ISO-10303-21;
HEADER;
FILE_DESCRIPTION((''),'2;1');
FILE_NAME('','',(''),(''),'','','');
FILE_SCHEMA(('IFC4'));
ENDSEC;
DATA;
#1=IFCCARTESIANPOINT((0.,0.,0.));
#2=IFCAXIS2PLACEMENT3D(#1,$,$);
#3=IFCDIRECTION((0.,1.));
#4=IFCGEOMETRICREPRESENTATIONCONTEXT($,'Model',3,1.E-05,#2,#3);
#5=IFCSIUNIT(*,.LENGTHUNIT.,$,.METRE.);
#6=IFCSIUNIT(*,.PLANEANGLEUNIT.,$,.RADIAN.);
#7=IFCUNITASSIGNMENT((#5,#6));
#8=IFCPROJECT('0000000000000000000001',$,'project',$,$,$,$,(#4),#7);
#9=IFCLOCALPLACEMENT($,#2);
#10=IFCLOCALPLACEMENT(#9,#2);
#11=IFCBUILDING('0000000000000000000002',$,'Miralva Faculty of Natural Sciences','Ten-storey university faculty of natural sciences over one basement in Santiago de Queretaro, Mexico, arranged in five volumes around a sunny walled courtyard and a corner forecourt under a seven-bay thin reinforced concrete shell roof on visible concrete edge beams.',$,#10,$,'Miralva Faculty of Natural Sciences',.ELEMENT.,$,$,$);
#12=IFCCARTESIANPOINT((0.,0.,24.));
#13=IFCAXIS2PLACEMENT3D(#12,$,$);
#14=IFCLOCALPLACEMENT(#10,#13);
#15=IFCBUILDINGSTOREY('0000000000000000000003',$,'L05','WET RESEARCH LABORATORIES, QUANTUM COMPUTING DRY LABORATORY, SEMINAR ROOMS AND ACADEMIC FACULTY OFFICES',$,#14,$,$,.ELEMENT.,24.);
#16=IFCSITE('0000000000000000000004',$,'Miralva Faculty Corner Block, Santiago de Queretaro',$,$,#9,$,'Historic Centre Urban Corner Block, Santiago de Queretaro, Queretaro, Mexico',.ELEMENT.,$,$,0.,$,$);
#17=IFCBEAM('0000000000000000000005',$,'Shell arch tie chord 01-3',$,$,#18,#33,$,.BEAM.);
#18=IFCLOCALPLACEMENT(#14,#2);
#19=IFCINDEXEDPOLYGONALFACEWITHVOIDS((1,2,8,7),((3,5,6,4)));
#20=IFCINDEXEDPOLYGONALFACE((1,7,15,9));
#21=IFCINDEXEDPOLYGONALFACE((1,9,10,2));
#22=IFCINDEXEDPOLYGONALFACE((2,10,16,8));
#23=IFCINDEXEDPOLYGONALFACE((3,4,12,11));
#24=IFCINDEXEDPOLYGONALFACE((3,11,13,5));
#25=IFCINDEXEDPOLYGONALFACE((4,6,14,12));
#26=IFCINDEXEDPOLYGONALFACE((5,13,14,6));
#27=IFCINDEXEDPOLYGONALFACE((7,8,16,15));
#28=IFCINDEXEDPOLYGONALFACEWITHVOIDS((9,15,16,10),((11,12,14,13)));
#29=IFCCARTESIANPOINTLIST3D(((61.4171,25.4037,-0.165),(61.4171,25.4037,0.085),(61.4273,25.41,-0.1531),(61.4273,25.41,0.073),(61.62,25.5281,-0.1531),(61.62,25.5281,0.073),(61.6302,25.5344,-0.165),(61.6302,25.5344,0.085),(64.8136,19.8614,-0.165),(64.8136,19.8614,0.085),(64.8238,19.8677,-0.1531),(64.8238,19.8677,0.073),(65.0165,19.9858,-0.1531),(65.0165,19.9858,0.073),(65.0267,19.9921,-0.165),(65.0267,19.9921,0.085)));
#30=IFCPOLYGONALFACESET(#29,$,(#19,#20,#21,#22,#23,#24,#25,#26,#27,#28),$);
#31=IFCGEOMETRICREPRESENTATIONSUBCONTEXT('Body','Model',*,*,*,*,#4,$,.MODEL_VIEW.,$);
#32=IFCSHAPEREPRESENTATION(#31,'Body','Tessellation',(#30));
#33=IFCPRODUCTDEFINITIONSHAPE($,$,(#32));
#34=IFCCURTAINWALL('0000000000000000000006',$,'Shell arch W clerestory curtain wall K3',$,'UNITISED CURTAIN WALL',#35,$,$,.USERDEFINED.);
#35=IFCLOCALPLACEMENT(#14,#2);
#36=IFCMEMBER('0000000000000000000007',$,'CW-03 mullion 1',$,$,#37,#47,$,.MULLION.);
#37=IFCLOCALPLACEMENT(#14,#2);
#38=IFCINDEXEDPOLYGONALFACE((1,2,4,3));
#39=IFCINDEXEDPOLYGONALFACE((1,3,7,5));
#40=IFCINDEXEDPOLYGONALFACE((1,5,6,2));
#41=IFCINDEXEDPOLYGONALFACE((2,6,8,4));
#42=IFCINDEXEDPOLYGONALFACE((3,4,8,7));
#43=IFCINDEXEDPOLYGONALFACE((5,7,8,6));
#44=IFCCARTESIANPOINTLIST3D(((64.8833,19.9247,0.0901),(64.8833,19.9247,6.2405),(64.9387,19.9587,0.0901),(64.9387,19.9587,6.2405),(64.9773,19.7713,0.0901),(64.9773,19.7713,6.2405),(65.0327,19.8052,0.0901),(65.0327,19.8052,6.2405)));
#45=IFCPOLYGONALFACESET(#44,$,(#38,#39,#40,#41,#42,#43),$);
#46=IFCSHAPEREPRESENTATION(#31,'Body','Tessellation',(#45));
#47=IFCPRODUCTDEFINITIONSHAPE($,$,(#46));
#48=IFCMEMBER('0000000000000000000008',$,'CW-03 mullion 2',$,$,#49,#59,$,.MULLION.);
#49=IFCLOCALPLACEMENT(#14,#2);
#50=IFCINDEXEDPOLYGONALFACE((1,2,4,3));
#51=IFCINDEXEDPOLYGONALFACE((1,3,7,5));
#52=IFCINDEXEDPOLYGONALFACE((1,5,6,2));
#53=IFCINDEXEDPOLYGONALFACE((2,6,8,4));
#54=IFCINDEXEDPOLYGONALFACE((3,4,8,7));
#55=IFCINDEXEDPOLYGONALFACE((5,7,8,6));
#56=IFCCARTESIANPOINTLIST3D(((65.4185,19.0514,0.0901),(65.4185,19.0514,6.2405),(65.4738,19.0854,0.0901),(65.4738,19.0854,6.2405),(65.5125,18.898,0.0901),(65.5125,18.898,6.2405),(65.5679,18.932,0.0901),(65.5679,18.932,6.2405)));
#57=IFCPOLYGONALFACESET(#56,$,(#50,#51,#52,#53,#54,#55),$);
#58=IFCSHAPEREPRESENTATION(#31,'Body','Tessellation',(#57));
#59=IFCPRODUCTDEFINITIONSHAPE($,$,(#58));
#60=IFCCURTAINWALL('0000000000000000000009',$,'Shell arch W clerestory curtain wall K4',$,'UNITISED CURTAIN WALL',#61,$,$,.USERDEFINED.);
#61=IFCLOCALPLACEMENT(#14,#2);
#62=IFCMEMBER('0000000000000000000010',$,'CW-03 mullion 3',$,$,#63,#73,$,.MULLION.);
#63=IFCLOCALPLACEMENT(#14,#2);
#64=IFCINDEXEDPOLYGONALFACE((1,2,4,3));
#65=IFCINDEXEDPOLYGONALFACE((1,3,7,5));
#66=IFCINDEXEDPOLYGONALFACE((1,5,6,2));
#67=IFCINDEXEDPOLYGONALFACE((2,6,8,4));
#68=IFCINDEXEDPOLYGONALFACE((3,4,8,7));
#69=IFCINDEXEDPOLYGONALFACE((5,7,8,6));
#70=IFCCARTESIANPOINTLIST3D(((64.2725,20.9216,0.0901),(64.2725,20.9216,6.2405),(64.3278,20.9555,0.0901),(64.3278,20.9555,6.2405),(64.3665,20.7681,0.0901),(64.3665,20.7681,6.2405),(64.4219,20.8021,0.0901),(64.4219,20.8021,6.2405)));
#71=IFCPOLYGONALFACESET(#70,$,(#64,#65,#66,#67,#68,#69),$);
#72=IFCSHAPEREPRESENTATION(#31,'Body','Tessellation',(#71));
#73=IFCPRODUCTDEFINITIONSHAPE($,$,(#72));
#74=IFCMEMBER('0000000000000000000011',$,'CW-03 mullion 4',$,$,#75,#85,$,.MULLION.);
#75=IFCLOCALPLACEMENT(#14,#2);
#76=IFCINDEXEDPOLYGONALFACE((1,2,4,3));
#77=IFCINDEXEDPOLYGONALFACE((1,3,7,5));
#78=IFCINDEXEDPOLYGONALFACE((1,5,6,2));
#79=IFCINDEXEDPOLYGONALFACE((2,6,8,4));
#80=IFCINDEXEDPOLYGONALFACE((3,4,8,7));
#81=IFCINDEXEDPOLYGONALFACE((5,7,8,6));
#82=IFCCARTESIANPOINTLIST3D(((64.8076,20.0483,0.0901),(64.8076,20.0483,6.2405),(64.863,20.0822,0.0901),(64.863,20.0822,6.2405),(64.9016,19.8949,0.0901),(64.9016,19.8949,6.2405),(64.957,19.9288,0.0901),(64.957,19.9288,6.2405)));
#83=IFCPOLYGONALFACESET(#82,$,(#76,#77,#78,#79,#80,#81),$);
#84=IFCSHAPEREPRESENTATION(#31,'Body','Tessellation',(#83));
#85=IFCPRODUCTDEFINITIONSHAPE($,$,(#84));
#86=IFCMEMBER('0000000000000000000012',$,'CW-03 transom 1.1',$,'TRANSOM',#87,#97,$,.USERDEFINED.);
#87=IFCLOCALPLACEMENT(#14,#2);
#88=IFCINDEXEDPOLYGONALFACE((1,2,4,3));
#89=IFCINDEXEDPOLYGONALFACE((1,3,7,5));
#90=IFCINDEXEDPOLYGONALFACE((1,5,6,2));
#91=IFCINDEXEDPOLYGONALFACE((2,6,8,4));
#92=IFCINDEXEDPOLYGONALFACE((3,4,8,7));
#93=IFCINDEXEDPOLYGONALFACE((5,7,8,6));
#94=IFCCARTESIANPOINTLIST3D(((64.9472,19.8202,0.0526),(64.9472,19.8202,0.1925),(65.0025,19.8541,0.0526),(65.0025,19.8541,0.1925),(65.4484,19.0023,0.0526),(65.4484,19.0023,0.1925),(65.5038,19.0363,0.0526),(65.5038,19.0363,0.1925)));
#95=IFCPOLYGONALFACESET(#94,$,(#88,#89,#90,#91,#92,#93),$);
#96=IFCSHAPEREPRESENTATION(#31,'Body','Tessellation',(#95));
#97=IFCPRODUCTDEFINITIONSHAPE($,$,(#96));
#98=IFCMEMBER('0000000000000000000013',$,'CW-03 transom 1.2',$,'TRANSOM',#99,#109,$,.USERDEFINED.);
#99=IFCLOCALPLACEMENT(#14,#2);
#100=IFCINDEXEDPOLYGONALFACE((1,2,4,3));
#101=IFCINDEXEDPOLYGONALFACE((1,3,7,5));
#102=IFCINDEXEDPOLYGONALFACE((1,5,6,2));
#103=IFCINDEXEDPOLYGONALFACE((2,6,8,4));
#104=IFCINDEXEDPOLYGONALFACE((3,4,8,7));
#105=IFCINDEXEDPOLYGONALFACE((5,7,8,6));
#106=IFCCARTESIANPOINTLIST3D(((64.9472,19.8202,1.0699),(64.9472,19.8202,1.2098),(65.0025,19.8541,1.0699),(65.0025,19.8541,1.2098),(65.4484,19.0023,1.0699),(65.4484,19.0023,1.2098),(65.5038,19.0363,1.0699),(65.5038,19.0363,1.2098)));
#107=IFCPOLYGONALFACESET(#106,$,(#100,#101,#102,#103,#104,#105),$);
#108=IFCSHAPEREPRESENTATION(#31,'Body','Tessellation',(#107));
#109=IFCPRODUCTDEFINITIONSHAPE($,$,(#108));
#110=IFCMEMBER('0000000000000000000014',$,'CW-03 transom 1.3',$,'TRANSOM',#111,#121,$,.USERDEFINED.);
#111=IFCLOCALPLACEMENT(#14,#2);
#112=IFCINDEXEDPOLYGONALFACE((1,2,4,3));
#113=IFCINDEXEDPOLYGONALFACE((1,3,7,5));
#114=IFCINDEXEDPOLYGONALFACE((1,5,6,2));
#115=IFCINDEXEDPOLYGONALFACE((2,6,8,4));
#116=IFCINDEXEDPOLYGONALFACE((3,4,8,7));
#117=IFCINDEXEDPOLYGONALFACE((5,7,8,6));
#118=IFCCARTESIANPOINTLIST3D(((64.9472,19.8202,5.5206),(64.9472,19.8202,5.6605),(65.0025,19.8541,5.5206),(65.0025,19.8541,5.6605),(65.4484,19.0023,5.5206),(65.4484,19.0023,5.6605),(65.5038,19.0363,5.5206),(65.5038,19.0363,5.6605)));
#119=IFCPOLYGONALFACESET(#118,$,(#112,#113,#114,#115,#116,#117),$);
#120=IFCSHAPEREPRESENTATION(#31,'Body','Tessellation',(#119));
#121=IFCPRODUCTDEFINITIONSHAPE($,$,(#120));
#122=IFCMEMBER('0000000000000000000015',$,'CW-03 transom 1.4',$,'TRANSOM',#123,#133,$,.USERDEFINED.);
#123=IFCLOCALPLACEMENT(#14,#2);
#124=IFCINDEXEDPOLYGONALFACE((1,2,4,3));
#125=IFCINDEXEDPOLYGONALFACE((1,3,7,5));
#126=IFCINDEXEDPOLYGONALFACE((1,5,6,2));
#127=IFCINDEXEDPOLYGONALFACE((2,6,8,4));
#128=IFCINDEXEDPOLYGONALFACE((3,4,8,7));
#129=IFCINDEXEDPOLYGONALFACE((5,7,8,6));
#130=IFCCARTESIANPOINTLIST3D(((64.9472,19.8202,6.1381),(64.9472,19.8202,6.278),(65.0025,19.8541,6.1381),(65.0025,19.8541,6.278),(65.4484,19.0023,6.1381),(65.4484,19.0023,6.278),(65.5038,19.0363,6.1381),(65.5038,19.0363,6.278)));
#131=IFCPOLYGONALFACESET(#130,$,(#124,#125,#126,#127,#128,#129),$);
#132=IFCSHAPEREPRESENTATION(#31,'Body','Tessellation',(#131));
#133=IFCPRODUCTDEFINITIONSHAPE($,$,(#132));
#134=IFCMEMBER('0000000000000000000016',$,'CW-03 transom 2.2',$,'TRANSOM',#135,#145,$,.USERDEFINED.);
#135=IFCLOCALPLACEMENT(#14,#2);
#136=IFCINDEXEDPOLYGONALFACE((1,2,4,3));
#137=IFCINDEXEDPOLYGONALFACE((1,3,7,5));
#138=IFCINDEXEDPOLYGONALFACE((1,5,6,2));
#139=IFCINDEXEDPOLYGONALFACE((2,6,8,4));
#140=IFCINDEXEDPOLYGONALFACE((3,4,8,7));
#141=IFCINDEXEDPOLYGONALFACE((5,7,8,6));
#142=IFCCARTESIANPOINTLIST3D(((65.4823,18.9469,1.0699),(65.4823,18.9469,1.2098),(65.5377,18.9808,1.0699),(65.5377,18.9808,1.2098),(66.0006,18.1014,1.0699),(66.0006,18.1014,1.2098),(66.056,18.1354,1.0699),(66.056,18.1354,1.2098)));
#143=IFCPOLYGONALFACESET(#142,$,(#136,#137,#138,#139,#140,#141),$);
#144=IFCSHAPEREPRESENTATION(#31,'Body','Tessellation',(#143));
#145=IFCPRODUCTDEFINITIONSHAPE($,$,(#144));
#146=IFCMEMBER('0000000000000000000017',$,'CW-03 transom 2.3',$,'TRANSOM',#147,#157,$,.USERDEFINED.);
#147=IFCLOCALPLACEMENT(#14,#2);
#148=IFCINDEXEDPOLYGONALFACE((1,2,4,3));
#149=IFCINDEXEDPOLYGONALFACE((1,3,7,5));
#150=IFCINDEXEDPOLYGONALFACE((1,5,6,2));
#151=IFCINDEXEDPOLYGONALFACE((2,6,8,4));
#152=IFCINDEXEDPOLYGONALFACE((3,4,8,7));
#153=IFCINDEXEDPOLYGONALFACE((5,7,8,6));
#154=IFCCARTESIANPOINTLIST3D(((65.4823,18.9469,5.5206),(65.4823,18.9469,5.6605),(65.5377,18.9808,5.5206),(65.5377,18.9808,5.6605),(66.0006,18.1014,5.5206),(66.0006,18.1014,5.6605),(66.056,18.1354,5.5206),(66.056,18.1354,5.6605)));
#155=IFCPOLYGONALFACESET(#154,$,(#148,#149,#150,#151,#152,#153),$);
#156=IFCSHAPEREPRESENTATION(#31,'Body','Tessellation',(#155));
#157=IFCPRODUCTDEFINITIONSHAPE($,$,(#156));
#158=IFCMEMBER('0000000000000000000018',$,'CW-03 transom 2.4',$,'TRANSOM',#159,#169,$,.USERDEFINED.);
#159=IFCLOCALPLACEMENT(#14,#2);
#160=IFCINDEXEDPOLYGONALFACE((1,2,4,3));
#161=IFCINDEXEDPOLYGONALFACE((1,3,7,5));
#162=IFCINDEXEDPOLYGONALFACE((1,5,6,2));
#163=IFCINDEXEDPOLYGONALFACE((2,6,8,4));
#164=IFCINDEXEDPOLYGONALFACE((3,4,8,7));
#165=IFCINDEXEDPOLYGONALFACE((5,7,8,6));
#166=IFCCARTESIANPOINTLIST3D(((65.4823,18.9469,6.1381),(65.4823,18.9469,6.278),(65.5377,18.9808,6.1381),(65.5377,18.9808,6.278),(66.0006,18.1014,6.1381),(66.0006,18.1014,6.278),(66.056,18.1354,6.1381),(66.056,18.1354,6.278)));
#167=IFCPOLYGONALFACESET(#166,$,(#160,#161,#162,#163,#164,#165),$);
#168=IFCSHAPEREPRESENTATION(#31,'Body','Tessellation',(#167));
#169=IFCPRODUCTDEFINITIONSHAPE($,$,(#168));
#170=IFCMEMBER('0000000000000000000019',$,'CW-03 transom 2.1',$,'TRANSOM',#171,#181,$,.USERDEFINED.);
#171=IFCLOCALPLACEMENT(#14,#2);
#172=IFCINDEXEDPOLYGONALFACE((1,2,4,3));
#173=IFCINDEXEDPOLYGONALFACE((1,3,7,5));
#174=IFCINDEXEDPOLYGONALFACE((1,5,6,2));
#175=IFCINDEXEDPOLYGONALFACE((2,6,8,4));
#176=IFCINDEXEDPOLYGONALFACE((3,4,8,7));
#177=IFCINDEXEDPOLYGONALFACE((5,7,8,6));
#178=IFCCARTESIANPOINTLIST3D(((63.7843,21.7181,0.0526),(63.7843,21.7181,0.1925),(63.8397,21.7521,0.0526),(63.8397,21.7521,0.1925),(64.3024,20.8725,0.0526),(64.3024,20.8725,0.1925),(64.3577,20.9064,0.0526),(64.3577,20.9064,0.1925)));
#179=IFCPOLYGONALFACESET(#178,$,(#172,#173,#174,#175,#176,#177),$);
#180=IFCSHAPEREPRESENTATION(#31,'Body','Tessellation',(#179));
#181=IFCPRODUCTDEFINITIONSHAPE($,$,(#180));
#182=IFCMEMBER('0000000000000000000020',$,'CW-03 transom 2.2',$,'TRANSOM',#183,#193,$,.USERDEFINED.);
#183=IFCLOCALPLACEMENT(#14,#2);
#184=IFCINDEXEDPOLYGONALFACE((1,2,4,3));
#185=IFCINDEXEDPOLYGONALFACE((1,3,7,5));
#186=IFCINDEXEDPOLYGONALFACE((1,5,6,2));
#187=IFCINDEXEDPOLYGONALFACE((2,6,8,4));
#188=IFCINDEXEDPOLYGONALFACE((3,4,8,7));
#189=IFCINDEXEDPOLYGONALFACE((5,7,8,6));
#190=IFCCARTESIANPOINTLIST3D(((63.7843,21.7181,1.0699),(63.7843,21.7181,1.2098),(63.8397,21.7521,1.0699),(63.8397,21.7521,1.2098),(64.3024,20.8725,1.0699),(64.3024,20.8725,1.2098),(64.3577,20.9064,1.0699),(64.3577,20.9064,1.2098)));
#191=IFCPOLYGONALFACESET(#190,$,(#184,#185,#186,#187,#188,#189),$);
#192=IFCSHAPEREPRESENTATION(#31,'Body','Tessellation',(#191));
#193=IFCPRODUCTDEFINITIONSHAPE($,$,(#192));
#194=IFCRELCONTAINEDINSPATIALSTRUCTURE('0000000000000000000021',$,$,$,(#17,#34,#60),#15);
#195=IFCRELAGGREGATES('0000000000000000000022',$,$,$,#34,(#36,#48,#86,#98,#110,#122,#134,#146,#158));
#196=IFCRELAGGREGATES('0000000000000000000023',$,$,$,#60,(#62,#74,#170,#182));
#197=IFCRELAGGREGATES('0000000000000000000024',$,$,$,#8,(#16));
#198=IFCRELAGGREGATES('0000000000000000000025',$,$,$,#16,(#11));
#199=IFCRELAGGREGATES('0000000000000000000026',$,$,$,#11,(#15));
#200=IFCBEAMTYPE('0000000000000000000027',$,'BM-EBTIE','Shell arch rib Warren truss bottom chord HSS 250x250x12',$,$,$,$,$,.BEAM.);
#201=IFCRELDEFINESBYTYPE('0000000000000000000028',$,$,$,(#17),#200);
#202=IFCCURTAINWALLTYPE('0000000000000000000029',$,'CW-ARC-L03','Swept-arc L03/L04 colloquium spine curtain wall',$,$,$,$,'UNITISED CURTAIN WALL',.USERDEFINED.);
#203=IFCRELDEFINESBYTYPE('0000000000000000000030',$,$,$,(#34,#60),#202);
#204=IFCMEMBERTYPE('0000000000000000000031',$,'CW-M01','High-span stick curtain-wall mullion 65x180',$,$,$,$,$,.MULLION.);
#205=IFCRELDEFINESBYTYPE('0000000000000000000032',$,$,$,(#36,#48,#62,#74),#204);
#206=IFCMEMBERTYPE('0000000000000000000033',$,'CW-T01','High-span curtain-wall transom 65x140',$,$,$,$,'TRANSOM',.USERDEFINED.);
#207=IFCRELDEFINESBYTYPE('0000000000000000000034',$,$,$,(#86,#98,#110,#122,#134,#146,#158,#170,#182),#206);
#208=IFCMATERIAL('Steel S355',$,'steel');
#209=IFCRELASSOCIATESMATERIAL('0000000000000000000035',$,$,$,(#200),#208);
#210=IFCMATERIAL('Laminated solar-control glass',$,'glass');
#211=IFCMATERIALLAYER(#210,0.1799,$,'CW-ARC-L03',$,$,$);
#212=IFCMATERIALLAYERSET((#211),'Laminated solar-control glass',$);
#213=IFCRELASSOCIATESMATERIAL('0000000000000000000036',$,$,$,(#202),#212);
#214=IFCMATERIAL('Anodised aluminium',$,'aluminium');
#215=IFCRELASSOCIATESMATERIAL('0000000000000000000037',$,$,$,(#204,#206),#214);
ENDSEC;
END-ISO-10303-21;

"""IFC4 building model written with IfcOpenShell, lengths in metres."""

from ifc_helpers import new_model, si_unit, direction, frame, origin, origin_2d, place, context, subcontext, project, spatial, rectangle, hollow_rectangle, extrude, material, layer, layer_set, material_profile, profile_set, type_object, element, aggregate, save


model = new_model("IFC4")

# Units and contexts
model_context = context("Model", 3, precision=1e-05, world=origin(), true_north=direction((0.0, 1.0)))
body_context = subcontext(model_context, "Body", "Model", "MODEL_VIEW")
ifc_project = project(units=[si_unit("LENGTHUNIT", "METRE"), si_unit("PLANEANGLEUNIT", "RADIAN")], contexts=[model_context])

# Site, building, storey
site_placement = place(None, origin())
site = spatial("IfcSite", under=ifc_project, at=site_placement, Name="Miralva Faculty Corner Block, Santiago de Queretaro", LongName="Historic Centre Urban Corner Block, Santiago de Queretaro, Queretaro, Mexico", CompositionType="ELEMENT", RefElevation=0.0)
building_placement = place(site_placement, origin())
building = spatial("IfcBuilding", under=site, at=building_placement, Name="Miralva Faculty of Natural Sciences", Description="Ten-storey university faculty of natural sciences over one basement in Santiago de Queretaro, Mexico, arranged in five volumes around a sunny walled courtyard and a corner forecourt under a seven-bay thin reinforced concrete shell roof on visible concrete edge beams.", LongName="Miralva Faculty of Natural Sciences", CompositionType="ELEMENT")
storey_placement = place(building_placement, frame((0.0, 0.0, 24.0)))
storey = spatial("IfcBuildingStorey", under=building, at=storey_placement, Name="L05", Description="WET RESEARCH LABORATORIES, QUANTUM COMPUTING DRY LABORATORY, SEMINAR ROOMS AND ACADEMIC FACULTY OFFICES", CompositionType="ELEMENT", Elevation=24.0)

# Beam
ifc_material_1 = material(Name="Steel S355", Category="steel")
ifc_material_profile_1 = material_profile(ifc_material_1, hollow_rectangle(XDim=0.25, YDim=0.25, WallThickness=0.012, at=origin_2d()), Name="HSS 250x250x12")
ifc_profile_set_1 = profile_set([ifc_material_profile_1], Name="Steel S355")
beam_type = type_object("IfcBeamType", Name="BM-EBTIE", Description="Shell arch rib Warren truss bottom chord HSS 250x250x12", PredefinedType="BEAM", material=ifc_profile_set_1)
beam_placement = place(storey_placement, frame((64.9202, 19.9268, -0.04), z_axis=(-0.522521, 0.852627, 0.0), x_axis=(-0.852627, -0.522521, 0.0)))
element("IfcBeam", 1, at=beam_placement, inside=storey, type_object=beam_type, Name="Shell arch tie chord 01-3", PredefinedType="BEAM", context=body_context, shape_type="SweptSolid", body=[
    extrude(hollow_rectangle(XDim=0.25, YDim=0.25, WallThickness=0.012, at=origin_2d()), origin(), (0.0, 0.0, 1.0), 6.5002),
])

# Curtain walls, members
ifc_material_2 = material(Name="Laminated solar-control glass", Category="glass")
ifc_layer_1 = layer(ifc_material_2, 0.1799, Name="CW-ARC-L03")
ifc_layer_set_1 = layer_set([ifc_layer_1], Name="Laminated solar-control glass")
curtain_wall_type = type_object("IfcCurtainWallType", Name="CW-ARC-L03", Description="Swept-arc L03/L04 colloquium spine curtain wall", ElementType="UNITISED CURTAIN WALL", PredefinedType="USERDEFINED", material=ifc_layer_set_1)
curtain_wall_1_placement = place(storey_placement, origin())
curtain_wall_1 = element("IfcCurtainWall", 2, at=curtain_wall_1_placement, inside=storey, type_object=curtain_wall_type, Name="Shell arch W clerestory curtain wall K3", ObjectType="UNITISED CURTAIN WALL", PredefinedType="USERDEFINED")
ifc_material_3 = material(Name="Anodised aluminium", Category="aluminium")
ifc_material_profile_2 = material_profile(ifc_material_3, rectangle(XDim=0.0649, YDim=0.1799, at=origin_2d()), Name="MULLION 65x180")
ifc_profile_set_2 = profile_set([ifc_material_profile_2], Name="Anodised aluminium")
member_type_1 = type_object("IfcMemberType", Name="CW-M01", Description="High-span stick curtain-wall mullion 65x180", PredefinedType="MULLION", material=ifc_profile_set_2)
member_1_placement = place(storey_placement, frame((64.958, 19.865, 0.0901), z_axis=(0.0, 0.0, 1.0), x_axis=(0.852637, 0.522504, 0.0)))
member_1 = element("IfcMember", 3, at=member_1_placement, type_object=member_type_1, Name="CW-03 mullion 1", PredefinedType="MULLION", context=body_context, shape_type="SweptSolid", body=[
    extrude(rectangle(XDim=0.0649, YDim=0.1799, at=origin_2d()), origin(), (0.0, 0.0, 1.0), 6.1504),
])
member_2_placement = place(storey_placement, frame((65.4932, 18.9917, 0.0901), z_axis=(0.0, 0.0, 1.0), x_axis=(0.852637, 0.522504, 0.0)))
member_2 = element("IfcMember", 4, at=member_2_placement, type_object=member_type_1, Name="CW-03 mullion 2", PredefinedType="MULLION", context=body_context, shape_type="SweptSolid", body=[
    extrude(rectangle(XDim=0.0649, YDim=0.1799, at=origin_2d()), origin(), (0.0, 0.0, 1.0), 6.1504),
])
curtain_wall_2_placement = place(storey_placement, origin())
curtain_wall_2 = element("IfcCurtainWall", 5, at=curtain_wall_2_placement, inside=storey, type_object=curtain_wall_type, Name="Shell arch W clerestory curtain wall K4", ObjectType="UNITISED CURTAIN WALL", PredefinedType="USERDEFINED")
member_3_placement = place(storey_placement, frame((64.3472, 20.8618, 0.0901), z_axis=(0.0, 0.0, 1.0), x_axis=(0.852632, 0.522512, 0.0)))
member_3 = element("IfcMember", 6, at=member_3_placement, type_object=member_type_1, Name="CW-03 mullion 3", PredefinedType="MULLION", context=body_context, shape_type="SweptSolid", body=[
    extrude(rectangle(XDim=0.0649, YDim=0.1799, at=origin_2d()), origin(), (0.0, 0.0, 1.0), 6.1504),
])
member_4_placement = place(storey_placement, frame((64.8823, 19.9885, 0.0901), z_axis=(0.0, 0.0, 1.0), x_axis=(0.852632, 0.522512, 0.0)))
member_4 = element("IfcMember", 7, at=member_4_placement, type_object=member_type_1, Name="CW-03 mullion 4", PredefinedType="MULLION", context=body_context, shape_type="SweptSolid", body=[
    extrude(rectangle(XDim=0.0649, YDim=0.1799, at=origin_2d()), origin(), (0.0, 0.0, 1.0), 6.1504),
])

# Members
ifc_material_profile_3 = material_profile(ifc_material_3, rectangle(XDim=0.0649, YDim=0.1399, at=origin_2d()), Name="TRANSOM 65x140")
ifc_profile_set_3 = profile_set([ifc_material_profile_3], Name="Anodised aluminium")
member_type_2 = type_object("IfcMemberType", Name="CW-T01", Description="High-span curtain-wall transom 65x140", ElementType="TRANSOM", PredefinedType="USERDEFINED", material=ifc_profile_set_3)
member_5_placement = place(storey_placement, frame((64.9749, 19.8372, 0.1226), z_axis=(0.52252, -0.852627, 0.0), x_axis=(0.852627, 0.52252, 0.0)))
member_5 = element("IfcMember", 8, at=member_5_placement, type_object=member_type_2, Name="CW-03 transom 1.1", ObjectType="TRANSOM", PredefinedType="USERDEFINED", context=body_context, shape_type="SweptSolid", body=[
    extrude(rectangle(XDim=0.0649, YDim=0.1399, at=origin_2d()), origin(), (0.0, 0.0, 1.0), 0.9592),
])
member_6_placement = place(storey_placement, frame((64.9749, 19.8372, 1.1399), z_axis=(0.52252, -0.852627, 0.0), x_axis=(0.852627, 0.52252, 0.0)))
member_6 = element("IfcMember", 9, at=member_6_placement, type_object=member_type_2, Name="CW-03 transom 1.2", ObjectType="TRANSOM", PredefinedType="USERDEFINED", context=body_context, shape_type="SweptSolid", body=[
    extrude(rectangle(XDim=0.0649, YDim=0.1399, at=origin_2d()), origin(), (0.0, 0.0, 1.0), 0.9592),
])
member_7_placement = place(storey_placement, frame((64.9749, 19.8372, 5.5906), z_axis=(0.52252, -0.852627, 0.0), x_axis=(0.852627, 0.52252, 0.0)))
member_7 = element("IfcMember", 10, at=member_7_placement, type_object=member_type_2, Name="CW-03 transom 1.3", ObjectType="TRANSOM", PredefinedType="USERDEFINED", context=body_context, shape_type="SweptSolid", body=[
    extrude(rectangle(XDim=0.0649, YDim=0.1399, at=origin_2d()), origin(), (0.0, 0.0, 1.0), 0.9592),
])
member_8_placement = place(storey_placement, frame((64.9749, 19.8372, 6.208), z_axis=(0.52252, -0.852627, 0.0), x_axis=(0.852627, 0.52252, 0.0)))
member_8 = element("IfcMember", 11, at=member_8_placement, type_object=member_type_2, Name="CW-03 transom 1.4", ObjectType="TRANSOM", PredefinedType="USERDEFINED", context=body_context, shape_type="SweptSolid", body=[
    extrude(rectangle(XDim=0.0649, YDim=0.1399, at=origin_2d()), origin(), (0.0, 0.0, 1.0), 0.9592),
])
member_9_placement = place(storey_placement, frame((65.51, 18.9639, 1.1399), z_axis=(0.522654, -0.852545, 0.0), x_axis=(0.852545, 0.522654, 0.0)))
member_9 = element("IfcMember", 12, at=member_9_placement, type_object=member_type_2, Name="CW-03 transom 2.2", ObjectType="TRANSOM", PredefinedType="USERDEFINED", context=body_context, shape_type="SweptSolid", body=[
    extrude(rectangle(XDim=0.0649, YDim=0.1399, at=origin_2d()), origin(), (0.0, 0.0, 1.0), 0.9917),
])
member_10_placement = place(storey_placement, frame((65.51, 18.9639, 5.5906), z_axis=(0.522654, -0.852545, 0.0), x_axis=(0.852545, 0.522654, 0.0)))
member_10 = element("IfcMember", 13, at=member_10_placement, type_object=member_type_2, Name="CW-03 transom 2.3", ObjectType="TRANSOM", PredefinedType="USERDEFINED", context=body_context, shape_type="SweptSolid", body=[
    extrude(rectangle(XDim=0.0649, YDim=0.1399, at=origin_2d()), origin(), (0.0, 0.0, 1.0), 0.9917),
])
member_11_placement = place(storey_placement, frame((65.51, 18.9639, 6.208), z_axis=(0.522654, -0.852545, 0.0), x_axis=(0.852545, 0.522654, 0.0)))
member_11 = element("IfcMember", 14, at=member_11_placement, type_object=member_type_2, Name="CW-03 transom 2.4", ObjectType="TRANSOM", PredefinedType="USERDEFINED", context=body_context, shape_type="SweptSolid", body=[
    extrude(rectangle(XDim=0.0649, YDim=0.1399, at=origin_2d()), origin(), (0.0, 0.0, 1.0), 0.9917),
])
member_12_placement = place(storey_placement, frame((63.812, 21.7351, 0.1226), z_axis=(0.522366, -0.852722, 0.0), x_axis=(0.852722, 0.522366, 0.0)))
member_12 = element("IfcMember", 15, at=member_12_placement, type_object=member_type_2, Name="CW-03 transom 2.1", ObjectType="TRANSOM", PredefinedType="USERDEFINED", context=body_context, shape_type="SweptSolid", body=[
    extrude(rectangle(XDim=0.0649, YDim=0.1399, at=origin_2d()), origin(), (0.0, 0.0, 1.0), 0.9917),
])
member_13_placement = place(storey_placement, frame((63.812, 21.7351, 1.1399), z_axis=(0.522366, -0.852722, 0.0), x_axis=(0.852722, 0.522366, 0.0)))
member_13 = element("IfcMember", 16, at=member_13_placement, type_object=member_type_2, Name="CW-03 transom 2.2", ObjectType="TRANSOM", PredefinedType="USERDEFINED", context=body_context, shape_type="SweptSolid", body=[
    extrude(rectangle(XDim=0.0649, YDim=0.1399, at=origin_2d()), origin(), (0.0, 0.0, 1.0), 0.9917),
])

aggregate(curtain_wall_1, [member_1, member_2, member_5, member_6, member_7, member_8, member_9, member_10, member_11])
aggregate(curtain_wall_2, [member_3, member_4, member_12, member_13])

save(model, "model.ifc")
